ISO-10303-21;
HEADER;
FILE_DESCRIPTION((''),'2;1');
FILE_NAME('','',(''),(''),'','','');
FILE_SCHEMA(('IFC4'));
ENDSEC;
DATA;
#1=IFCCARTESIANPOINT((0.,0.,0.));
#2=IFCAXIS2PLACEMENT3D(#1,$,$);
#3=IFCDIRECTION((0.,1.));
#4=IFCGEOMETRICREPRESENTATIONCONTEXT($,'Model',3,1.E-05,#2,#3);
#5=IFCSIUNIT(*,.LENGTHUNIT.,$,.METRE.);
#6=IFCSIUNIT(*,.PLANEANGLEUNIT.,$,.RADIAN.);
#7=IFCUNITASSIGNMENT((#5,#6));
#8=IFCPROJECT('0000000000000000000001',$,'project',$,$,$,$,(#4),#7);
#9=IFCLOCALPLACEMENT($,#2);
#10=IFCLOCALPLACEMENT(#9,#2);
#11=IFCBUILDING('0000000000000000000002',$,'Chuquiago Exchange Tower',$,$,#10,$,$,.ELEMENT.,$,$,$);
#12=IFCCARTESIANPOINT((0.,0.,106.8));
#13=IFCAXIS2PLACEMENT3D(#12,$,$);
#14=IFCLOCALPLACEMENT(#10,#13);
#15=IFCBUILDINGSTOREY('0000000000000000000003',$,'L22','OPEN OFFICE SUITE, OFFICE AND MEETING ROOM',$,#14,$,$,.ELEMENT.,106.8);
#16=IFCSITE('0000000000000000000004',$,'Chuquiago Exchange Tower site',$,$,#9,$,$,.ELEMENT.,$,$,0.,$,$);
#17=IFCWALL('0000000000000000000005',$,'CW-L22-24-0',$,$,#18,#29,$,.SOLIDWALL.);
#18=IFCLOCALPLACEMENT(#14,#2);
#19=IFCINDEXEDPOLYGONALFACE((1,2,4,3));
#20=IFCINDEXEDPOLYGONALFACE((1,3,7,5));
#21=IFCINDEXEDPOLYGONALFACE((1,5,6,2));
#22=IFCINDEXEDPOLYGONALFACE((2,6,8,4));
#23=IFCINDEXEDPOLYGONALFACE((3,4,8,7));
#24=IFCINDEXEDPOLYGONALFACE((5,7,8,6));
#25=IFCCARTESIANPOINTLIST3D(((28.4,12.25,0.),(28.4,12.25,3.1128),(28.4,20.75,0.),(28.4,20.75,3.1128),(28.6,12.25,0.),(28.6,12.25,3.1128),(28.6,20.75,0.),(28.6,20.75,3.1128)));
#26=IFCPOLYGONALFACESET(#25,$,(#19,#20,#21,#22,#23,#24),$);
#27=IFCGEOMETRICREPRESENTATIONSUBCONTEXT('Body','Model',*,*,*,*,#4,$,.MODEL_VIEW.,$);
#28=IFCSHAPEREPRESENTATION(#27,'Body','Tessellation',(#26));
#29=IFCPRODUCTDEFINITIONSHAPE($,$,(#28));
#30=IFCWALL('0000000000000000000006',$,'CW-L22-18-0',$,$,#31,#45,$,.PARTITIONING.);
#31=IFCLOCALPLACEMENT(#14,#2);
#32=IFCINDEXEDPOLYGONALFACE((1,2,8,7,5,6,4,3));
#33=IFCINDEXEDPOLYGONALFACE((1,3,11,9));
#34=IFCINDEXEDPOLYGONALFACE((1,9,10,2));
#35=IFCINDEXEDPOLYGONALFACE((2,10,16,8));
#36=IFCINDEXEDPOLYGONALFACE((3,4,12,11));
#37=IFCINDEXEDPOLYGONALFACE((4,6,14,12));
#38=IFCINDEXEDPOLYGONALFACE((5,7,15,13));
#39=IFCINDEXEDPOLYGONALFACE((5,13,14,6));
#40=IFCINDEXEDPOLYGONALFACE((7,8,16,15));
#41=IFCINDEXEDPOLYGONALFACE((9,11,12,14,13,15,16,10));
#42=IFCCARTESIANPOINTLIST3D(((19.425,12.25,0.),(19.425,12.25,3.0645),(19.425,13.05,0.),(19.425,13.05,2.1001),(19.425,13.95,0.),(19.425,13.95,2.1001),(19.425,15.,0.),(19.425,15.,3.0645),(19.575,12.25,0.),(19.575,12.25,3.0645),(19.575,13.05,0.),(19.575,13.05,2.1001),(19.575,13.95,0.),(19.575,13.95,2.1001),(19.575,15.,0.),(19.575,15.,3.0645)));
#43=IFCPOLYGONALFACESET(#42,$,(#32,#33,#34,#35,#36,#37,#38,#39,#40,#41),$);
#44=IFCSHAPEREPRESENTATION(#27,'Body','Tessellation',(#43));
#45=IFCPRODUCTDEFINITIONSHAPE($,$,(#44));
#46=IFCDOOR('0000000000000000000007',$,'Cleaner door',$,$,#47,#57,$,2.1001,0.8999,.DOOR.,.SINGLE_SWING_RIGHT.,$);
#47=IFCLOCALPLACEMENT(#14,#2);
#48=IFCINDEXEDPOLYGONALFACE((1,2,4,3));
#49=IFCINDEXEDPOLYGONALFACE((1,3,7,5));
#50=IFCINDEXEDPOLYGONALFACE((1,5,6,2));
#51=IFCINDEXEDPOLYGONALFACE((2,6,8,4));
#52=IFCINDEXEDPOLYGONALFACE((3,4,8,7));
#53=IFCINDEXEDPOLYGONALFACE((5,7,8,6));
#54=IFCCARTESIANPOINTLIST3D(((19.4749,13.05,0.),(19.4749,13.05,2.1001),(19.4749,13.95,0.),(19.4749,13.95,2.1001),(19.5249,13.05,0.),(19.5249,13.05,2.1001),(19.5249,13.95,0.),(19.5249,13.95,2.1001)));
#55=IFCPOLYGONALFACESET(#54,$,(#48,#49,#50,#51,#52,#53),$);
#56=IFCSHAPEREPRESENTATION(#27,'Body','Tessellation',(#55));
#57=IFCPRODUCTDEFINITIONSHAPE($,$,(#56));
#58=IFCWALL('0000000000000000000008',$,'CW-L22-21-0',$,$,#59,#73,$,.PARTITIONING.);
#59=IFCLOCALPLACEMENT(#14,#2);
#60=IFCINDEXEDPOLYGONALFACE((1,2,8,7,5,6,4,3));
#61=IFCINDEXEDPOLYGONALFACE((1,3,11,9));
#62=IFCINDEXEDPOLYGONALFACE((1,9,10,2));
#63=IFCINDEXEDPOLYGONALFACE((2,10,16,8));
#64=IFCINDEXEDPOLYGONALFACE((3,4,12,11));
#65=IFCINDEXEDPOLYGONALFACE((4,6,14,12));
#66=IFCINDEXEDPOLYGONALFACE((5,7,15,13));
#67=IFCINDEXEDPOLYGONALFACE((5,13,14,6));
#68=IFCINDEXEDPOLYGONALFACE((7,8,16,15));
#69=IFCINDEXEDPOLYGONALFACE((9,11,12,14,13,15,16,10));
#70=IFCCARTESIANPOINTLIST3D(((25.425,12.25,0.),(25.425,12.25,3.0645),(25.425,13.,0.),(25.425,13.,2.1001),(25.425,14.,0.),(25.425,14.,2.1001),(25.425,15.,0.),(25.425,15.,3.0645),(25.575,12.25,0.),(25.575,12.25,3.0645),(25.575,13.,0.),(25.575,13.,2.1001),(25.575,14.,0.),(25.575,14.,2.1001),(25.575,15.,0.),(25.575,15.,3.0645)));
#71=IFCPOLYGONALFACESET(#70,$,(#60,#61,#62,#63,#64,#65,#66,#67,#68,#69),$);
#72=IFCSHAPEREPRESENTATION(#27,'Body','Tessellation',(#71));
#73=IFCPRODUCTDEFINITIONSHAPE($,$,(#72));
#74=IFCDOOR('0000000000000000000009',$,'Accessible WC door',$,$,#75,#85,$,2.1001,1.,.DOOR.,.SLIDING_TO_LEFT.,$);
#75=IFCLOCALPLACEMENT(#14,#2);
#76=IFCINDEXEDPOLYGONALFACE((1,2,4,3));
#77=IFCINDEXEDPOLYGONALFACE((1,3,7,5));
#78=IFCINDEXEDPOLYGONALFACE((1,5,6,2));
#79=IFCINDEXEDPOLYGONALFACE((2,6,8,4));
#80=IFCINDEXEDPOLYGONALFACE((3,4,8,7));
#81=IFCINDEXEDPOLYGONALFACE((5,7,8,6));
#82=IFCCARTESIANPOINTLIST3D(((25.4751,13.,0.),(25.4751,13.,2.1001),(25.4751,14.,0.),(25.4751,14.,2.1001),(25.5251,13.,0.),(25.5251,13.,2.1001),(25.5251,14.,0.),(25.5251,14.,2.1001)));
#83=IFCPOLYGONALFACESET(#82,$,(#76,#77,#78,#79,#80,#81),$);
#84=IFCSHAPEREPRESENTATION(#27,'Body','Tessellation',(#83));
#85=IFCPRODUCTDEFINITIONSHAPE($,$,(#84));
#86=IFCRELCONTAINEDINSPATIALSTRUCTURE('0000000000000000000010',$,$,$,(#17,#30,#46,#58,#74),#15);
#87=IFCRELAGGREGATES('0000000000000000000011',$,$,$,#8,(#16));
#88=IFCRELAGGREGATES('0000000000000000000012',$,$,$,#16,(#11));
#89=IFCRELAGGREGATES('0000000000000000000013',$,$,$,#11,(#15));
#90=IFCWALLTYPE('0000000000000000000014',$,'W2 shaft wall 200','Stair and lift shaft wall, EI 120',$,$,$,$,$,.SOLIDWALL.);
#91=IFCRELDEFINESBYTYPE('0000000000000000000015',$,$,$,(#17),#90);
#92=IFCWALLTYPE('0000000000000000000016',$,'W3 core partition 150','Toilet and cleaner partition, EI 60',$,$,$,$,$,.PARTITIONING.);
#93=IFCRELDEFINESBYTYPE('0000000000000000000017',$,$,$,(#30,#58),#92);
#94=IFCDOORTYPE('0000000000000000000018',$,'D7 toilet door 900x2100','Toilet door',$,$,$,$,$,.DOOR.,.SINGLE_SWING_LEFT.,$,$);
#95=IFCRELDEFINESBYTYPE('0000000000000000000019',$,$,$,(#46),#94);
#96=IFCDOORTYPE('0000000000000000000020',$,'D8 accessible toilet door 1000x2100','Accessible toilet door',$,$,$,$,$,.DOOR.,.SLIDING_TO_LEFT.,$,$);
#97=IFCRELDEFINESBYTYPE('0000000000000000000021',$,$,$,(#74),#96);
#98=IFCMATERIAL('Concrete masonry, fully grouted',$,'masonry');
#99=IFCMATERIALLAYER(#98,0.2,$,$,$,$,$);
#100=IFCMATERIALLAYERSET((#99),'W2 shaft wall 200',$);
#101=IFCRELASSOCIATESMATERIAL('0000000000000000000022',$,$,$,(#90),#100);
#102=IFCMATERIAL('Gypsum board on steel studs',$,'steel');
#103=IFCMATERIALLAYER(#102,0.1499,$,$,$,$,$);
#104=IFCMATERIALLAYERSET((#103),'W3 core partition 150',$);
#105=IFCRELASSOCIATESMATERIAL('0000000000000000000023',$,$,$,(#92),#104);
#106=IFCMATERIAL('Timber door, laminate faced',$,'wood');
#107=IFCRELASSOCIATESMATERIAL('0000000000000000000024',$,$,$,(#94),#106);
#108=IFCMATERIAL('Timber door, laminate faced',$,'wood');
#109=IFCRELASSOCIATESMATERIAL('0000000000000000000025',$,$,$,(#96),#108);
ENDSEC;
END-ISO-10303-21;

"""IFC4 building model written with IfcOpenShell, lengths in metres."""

from ifc_helpers import new_model, si_unit, direction, frame, frame_2d, origin, place, context, subcontext, project, spatial, rectangle, extrude, material, layer, layer_set, type_object, element, fill, save


model = new_model("IFC4")

# Units and contexts
model_context = context("Model", 3, precision=1e-05, world=origin(), true_north=direction((0.0, 1.0)))
body_context = subcontext(model_context, "Body", "Model", "MODEL_VIEW")
ifc_project = project(units=[si_unit("LENGTHUNIT", "METRE"), si_unit("PLANEANGLEUNIT", "RADIAN")], contexts=[model_context])

# Site, building, storey
site_placement = place(None, origin())
site = spatial("IfcSite", under=ifc_project, at=site_placement, Name="Chuquiago Exchange Tower site", CompositionType="ELEMENT", RefElevation=0.0)
building_placement = place(site_placement, origin())
building = spatial("IfcBuilding", under=site, at=building_placement, Name="Chuquiago Exchange Tower", CompositionType="ELEMENT")
storey_placement = place(building_placement, frame((0.0, 0.0, 106.8)))
storey = spatial("IfcBuildingStorey", under=building, at=storey_placement, Name="L22", Description="OPEN OFFICE SUITE, OFFICE AND MEETING ROOM", CompositionType="ELEMENT", Elevation=106.8)

# Shared definitions
ifc_material_1 = material(Name="Concrete masonry, fully grouted", Category="masonry")
ifc_layer_1 = layer(ifc_material_1, 0.2)
ifc_layer_set_1 = layer_set([ifc_layer_1], Name="W2 shaft wall 200")
wall_type_1 = type_object("IfcWallType", Name="W2 shaft wall 200", Description="Stair and lift shaft wall, EI 120", PredefinedType="SOLIDWALL", material=ifc_layer_set_1)

# Wall
wall_1_placement = place(storey_placement, frame((28.5, 12.25, 0.0), z_axis=(0.0, 0.0, 1.0), x_axis=(0.0, 1.0, 0.0)))
element("IfcWall", 1, at=wall_1_placement, inside=storey, type_object=wall_type_1, Name="CW-L22-24-0", PredefinedType="SOLIDWALL", context=body_context, shape_type="SweptSolid", body=[
    extrude(rectangle(XDim=8.5, YDim=0.2, at=frame_2d((4.25, 0.0))), origin(), (0.0, 0.0, 1.0), 3.1128),
])

# Walls, openings, doors
ifc_material_2 = material(Name="Gypsum board on steel studs", Category="steel")
ifc_layer_2 = layer(ifc_material_2, 0.1499)
ifc_layer_set_2 = layer_set([ifc_layer_2], Name="W3 core partition 150")
wall_type_2 = type_object("IfcWallType", Name="W3 core partition 150", Description="Toilet and cleaner partition, EI 60", PredefinedType="PARTITIONING", material=ifc_layer_set_2)
wall_2_placement = place(storey_placement, frame((19.5, 12.25, 0.0), z_axis=(0.0, 0.0, 1.0), x_axis=(0.0, 1.0, 0.0)))
wall_2 = element("IfcWall", 2, at=wall_2_placement, inside=storey, type_object=wall_type_2, Name="CW-L22-18-0", PredefinedType="PARTITIONING", context=body_context, shape_type="SweptSolid", body=[
    extrude(rectangle(XDim=2.75, YDim=0.1499, at=frame_2d((1.375, 0.0))), origin(), (0.0, 0.0, 1.0), 3.0645),
])
opening_1_placement = place(wall_2_placement, frame((0.8, 0.0, 0.0)))
opening_1 = element("IfcOpeningElement", 3, at=opening_1_placement, cuts=wall_2, PredefinedType="OPENING", context=body_context, shape_type="SweptSolid", body=[
    extrude(rectangle(XDim=0.8999, YDim=2.1001, at=frame_2d((0.45, 1.05))), frame((0.0, 0.085, 0.0), z_axis=(0.0, -1.0, 0.0), x_axis=(1.0, 0.0, 0.0)), (0.0, 0.0, 1.0), 0.1699),
])
ifc_material_3 = material(Name="Timber door, laminate faced", Category="wood")
door_type_1 = type_object("IfcDoorType", Name="D7 toilet door 900x2100", Description="Toilet door", OperationType="SINGLE_SWING_LEFT", PredefinedType="DOOR", material=ifc_material_3)
door_1_placement = place(opening_1_placement, frame((0.8999, 0.0, 0.0), z_axis=(0.0, 0.0, 1.0), x_axis=(-1.0, 0.0, 0.0)))
door_1 = element("IfcDoor", 4, at=door_1_placement, inside=storey, type_object=door_type_1, Name="Cleaner door", OperationType="SINGLE_SWING_RIGHT", OverallHeight=2.1001, OverallWidth=0.8999, PredefinedType="DOOR", context=body_context, shape_type="SweptSolid", body=[
    extrude(rectangle(XDim=0.8999, YDim=2.1001, at=frame_2d((0.45, 1.05))), frame((0.0, 0.0249, 0.0), z_axis=(0.0, -1.0, 0.0), x_axis=(1.0, 0.0, 0.0)), (0.0, 0.0, 1.0), 0.05),
])
fill(opening_1, door_1)
wall_3_placement = place(storey_placement, frame((25.5, 12.25, 0.0), z_axis=(0.0, 0.0, 1.0), x_axis=(0.0, 1.0, 0.0)))
wall_3 = element("IfcWall", 5, at=wall_3_placement, inside=storey, type_object=wall_type_2, Name="CW-L22-21-0", PredefinedType="PARTITIONING", context=body_context, shape_type="SweptSolid", body=[
    extrude(rectangle(XDim=2.75, YDim=0.1499, at=frame_2d((1.375, 0.0))), origin(), (0.0, 0.0, 1.0), 3.0645),
])
opening_2_placement = place(wall_3_placement, frame((0.75, 0.0, 0.0)))
opening_2 = element("IfcOpeningElement", 6, at=opening_2_placement, cuts=wall_3, PredefinedType="OPENING", context=body_context, shape_type="SweptSolid", body=[
    extrude(rectangle(XDim=1.0, YDim=2.1001, at=frame_2d((0.5, 1.05))), frame((0.0, 0.085, 0.0), z_axis=(0.0, -1.0, 0.0), x_axis=(1.0, 0.0, 0.0)), (0.0, 0.0, 1.0), 0.1699),
])
ifc_material_4 = material(Name="Timber door, laminate faced", Category="wood")
door_type_2 = type_object("IfcDoorType", Name="D8 accessible toilet door 1000x2100", Description="Accessible toilet door", OperationType="SLIDING_TO_LEFT", PredefinedType="DOOR", material=ifc_material_4)
door_2_placement = place(opening_2_placement, origin())
door_2 = element("IfcDoor", 7, at=door_2_placement, inside=storey, type_object=door_type_2, Name="Accessible WC door", OperationType="SLIDING_TO_LEFT", OverallHeight=2.1001, OverallWidth=1.0, PredefinedType="DOOR", context=body_context, shape_type="SweptSolid", body=[
    extrude(rectangle(XDim=1.0, YDim=2.1001, at=frame_2d((0.5, 1.05))), frame((0.0, 0.0249, 0.0), z_axis=(0.0, -1.0, 0.0), x_axis=(1.0, 0.0, 0.0)), (0.0, 0.0, 1.0), 0.05),
])
fill(opening_2, door_2)

save(model, "model.ifc")
